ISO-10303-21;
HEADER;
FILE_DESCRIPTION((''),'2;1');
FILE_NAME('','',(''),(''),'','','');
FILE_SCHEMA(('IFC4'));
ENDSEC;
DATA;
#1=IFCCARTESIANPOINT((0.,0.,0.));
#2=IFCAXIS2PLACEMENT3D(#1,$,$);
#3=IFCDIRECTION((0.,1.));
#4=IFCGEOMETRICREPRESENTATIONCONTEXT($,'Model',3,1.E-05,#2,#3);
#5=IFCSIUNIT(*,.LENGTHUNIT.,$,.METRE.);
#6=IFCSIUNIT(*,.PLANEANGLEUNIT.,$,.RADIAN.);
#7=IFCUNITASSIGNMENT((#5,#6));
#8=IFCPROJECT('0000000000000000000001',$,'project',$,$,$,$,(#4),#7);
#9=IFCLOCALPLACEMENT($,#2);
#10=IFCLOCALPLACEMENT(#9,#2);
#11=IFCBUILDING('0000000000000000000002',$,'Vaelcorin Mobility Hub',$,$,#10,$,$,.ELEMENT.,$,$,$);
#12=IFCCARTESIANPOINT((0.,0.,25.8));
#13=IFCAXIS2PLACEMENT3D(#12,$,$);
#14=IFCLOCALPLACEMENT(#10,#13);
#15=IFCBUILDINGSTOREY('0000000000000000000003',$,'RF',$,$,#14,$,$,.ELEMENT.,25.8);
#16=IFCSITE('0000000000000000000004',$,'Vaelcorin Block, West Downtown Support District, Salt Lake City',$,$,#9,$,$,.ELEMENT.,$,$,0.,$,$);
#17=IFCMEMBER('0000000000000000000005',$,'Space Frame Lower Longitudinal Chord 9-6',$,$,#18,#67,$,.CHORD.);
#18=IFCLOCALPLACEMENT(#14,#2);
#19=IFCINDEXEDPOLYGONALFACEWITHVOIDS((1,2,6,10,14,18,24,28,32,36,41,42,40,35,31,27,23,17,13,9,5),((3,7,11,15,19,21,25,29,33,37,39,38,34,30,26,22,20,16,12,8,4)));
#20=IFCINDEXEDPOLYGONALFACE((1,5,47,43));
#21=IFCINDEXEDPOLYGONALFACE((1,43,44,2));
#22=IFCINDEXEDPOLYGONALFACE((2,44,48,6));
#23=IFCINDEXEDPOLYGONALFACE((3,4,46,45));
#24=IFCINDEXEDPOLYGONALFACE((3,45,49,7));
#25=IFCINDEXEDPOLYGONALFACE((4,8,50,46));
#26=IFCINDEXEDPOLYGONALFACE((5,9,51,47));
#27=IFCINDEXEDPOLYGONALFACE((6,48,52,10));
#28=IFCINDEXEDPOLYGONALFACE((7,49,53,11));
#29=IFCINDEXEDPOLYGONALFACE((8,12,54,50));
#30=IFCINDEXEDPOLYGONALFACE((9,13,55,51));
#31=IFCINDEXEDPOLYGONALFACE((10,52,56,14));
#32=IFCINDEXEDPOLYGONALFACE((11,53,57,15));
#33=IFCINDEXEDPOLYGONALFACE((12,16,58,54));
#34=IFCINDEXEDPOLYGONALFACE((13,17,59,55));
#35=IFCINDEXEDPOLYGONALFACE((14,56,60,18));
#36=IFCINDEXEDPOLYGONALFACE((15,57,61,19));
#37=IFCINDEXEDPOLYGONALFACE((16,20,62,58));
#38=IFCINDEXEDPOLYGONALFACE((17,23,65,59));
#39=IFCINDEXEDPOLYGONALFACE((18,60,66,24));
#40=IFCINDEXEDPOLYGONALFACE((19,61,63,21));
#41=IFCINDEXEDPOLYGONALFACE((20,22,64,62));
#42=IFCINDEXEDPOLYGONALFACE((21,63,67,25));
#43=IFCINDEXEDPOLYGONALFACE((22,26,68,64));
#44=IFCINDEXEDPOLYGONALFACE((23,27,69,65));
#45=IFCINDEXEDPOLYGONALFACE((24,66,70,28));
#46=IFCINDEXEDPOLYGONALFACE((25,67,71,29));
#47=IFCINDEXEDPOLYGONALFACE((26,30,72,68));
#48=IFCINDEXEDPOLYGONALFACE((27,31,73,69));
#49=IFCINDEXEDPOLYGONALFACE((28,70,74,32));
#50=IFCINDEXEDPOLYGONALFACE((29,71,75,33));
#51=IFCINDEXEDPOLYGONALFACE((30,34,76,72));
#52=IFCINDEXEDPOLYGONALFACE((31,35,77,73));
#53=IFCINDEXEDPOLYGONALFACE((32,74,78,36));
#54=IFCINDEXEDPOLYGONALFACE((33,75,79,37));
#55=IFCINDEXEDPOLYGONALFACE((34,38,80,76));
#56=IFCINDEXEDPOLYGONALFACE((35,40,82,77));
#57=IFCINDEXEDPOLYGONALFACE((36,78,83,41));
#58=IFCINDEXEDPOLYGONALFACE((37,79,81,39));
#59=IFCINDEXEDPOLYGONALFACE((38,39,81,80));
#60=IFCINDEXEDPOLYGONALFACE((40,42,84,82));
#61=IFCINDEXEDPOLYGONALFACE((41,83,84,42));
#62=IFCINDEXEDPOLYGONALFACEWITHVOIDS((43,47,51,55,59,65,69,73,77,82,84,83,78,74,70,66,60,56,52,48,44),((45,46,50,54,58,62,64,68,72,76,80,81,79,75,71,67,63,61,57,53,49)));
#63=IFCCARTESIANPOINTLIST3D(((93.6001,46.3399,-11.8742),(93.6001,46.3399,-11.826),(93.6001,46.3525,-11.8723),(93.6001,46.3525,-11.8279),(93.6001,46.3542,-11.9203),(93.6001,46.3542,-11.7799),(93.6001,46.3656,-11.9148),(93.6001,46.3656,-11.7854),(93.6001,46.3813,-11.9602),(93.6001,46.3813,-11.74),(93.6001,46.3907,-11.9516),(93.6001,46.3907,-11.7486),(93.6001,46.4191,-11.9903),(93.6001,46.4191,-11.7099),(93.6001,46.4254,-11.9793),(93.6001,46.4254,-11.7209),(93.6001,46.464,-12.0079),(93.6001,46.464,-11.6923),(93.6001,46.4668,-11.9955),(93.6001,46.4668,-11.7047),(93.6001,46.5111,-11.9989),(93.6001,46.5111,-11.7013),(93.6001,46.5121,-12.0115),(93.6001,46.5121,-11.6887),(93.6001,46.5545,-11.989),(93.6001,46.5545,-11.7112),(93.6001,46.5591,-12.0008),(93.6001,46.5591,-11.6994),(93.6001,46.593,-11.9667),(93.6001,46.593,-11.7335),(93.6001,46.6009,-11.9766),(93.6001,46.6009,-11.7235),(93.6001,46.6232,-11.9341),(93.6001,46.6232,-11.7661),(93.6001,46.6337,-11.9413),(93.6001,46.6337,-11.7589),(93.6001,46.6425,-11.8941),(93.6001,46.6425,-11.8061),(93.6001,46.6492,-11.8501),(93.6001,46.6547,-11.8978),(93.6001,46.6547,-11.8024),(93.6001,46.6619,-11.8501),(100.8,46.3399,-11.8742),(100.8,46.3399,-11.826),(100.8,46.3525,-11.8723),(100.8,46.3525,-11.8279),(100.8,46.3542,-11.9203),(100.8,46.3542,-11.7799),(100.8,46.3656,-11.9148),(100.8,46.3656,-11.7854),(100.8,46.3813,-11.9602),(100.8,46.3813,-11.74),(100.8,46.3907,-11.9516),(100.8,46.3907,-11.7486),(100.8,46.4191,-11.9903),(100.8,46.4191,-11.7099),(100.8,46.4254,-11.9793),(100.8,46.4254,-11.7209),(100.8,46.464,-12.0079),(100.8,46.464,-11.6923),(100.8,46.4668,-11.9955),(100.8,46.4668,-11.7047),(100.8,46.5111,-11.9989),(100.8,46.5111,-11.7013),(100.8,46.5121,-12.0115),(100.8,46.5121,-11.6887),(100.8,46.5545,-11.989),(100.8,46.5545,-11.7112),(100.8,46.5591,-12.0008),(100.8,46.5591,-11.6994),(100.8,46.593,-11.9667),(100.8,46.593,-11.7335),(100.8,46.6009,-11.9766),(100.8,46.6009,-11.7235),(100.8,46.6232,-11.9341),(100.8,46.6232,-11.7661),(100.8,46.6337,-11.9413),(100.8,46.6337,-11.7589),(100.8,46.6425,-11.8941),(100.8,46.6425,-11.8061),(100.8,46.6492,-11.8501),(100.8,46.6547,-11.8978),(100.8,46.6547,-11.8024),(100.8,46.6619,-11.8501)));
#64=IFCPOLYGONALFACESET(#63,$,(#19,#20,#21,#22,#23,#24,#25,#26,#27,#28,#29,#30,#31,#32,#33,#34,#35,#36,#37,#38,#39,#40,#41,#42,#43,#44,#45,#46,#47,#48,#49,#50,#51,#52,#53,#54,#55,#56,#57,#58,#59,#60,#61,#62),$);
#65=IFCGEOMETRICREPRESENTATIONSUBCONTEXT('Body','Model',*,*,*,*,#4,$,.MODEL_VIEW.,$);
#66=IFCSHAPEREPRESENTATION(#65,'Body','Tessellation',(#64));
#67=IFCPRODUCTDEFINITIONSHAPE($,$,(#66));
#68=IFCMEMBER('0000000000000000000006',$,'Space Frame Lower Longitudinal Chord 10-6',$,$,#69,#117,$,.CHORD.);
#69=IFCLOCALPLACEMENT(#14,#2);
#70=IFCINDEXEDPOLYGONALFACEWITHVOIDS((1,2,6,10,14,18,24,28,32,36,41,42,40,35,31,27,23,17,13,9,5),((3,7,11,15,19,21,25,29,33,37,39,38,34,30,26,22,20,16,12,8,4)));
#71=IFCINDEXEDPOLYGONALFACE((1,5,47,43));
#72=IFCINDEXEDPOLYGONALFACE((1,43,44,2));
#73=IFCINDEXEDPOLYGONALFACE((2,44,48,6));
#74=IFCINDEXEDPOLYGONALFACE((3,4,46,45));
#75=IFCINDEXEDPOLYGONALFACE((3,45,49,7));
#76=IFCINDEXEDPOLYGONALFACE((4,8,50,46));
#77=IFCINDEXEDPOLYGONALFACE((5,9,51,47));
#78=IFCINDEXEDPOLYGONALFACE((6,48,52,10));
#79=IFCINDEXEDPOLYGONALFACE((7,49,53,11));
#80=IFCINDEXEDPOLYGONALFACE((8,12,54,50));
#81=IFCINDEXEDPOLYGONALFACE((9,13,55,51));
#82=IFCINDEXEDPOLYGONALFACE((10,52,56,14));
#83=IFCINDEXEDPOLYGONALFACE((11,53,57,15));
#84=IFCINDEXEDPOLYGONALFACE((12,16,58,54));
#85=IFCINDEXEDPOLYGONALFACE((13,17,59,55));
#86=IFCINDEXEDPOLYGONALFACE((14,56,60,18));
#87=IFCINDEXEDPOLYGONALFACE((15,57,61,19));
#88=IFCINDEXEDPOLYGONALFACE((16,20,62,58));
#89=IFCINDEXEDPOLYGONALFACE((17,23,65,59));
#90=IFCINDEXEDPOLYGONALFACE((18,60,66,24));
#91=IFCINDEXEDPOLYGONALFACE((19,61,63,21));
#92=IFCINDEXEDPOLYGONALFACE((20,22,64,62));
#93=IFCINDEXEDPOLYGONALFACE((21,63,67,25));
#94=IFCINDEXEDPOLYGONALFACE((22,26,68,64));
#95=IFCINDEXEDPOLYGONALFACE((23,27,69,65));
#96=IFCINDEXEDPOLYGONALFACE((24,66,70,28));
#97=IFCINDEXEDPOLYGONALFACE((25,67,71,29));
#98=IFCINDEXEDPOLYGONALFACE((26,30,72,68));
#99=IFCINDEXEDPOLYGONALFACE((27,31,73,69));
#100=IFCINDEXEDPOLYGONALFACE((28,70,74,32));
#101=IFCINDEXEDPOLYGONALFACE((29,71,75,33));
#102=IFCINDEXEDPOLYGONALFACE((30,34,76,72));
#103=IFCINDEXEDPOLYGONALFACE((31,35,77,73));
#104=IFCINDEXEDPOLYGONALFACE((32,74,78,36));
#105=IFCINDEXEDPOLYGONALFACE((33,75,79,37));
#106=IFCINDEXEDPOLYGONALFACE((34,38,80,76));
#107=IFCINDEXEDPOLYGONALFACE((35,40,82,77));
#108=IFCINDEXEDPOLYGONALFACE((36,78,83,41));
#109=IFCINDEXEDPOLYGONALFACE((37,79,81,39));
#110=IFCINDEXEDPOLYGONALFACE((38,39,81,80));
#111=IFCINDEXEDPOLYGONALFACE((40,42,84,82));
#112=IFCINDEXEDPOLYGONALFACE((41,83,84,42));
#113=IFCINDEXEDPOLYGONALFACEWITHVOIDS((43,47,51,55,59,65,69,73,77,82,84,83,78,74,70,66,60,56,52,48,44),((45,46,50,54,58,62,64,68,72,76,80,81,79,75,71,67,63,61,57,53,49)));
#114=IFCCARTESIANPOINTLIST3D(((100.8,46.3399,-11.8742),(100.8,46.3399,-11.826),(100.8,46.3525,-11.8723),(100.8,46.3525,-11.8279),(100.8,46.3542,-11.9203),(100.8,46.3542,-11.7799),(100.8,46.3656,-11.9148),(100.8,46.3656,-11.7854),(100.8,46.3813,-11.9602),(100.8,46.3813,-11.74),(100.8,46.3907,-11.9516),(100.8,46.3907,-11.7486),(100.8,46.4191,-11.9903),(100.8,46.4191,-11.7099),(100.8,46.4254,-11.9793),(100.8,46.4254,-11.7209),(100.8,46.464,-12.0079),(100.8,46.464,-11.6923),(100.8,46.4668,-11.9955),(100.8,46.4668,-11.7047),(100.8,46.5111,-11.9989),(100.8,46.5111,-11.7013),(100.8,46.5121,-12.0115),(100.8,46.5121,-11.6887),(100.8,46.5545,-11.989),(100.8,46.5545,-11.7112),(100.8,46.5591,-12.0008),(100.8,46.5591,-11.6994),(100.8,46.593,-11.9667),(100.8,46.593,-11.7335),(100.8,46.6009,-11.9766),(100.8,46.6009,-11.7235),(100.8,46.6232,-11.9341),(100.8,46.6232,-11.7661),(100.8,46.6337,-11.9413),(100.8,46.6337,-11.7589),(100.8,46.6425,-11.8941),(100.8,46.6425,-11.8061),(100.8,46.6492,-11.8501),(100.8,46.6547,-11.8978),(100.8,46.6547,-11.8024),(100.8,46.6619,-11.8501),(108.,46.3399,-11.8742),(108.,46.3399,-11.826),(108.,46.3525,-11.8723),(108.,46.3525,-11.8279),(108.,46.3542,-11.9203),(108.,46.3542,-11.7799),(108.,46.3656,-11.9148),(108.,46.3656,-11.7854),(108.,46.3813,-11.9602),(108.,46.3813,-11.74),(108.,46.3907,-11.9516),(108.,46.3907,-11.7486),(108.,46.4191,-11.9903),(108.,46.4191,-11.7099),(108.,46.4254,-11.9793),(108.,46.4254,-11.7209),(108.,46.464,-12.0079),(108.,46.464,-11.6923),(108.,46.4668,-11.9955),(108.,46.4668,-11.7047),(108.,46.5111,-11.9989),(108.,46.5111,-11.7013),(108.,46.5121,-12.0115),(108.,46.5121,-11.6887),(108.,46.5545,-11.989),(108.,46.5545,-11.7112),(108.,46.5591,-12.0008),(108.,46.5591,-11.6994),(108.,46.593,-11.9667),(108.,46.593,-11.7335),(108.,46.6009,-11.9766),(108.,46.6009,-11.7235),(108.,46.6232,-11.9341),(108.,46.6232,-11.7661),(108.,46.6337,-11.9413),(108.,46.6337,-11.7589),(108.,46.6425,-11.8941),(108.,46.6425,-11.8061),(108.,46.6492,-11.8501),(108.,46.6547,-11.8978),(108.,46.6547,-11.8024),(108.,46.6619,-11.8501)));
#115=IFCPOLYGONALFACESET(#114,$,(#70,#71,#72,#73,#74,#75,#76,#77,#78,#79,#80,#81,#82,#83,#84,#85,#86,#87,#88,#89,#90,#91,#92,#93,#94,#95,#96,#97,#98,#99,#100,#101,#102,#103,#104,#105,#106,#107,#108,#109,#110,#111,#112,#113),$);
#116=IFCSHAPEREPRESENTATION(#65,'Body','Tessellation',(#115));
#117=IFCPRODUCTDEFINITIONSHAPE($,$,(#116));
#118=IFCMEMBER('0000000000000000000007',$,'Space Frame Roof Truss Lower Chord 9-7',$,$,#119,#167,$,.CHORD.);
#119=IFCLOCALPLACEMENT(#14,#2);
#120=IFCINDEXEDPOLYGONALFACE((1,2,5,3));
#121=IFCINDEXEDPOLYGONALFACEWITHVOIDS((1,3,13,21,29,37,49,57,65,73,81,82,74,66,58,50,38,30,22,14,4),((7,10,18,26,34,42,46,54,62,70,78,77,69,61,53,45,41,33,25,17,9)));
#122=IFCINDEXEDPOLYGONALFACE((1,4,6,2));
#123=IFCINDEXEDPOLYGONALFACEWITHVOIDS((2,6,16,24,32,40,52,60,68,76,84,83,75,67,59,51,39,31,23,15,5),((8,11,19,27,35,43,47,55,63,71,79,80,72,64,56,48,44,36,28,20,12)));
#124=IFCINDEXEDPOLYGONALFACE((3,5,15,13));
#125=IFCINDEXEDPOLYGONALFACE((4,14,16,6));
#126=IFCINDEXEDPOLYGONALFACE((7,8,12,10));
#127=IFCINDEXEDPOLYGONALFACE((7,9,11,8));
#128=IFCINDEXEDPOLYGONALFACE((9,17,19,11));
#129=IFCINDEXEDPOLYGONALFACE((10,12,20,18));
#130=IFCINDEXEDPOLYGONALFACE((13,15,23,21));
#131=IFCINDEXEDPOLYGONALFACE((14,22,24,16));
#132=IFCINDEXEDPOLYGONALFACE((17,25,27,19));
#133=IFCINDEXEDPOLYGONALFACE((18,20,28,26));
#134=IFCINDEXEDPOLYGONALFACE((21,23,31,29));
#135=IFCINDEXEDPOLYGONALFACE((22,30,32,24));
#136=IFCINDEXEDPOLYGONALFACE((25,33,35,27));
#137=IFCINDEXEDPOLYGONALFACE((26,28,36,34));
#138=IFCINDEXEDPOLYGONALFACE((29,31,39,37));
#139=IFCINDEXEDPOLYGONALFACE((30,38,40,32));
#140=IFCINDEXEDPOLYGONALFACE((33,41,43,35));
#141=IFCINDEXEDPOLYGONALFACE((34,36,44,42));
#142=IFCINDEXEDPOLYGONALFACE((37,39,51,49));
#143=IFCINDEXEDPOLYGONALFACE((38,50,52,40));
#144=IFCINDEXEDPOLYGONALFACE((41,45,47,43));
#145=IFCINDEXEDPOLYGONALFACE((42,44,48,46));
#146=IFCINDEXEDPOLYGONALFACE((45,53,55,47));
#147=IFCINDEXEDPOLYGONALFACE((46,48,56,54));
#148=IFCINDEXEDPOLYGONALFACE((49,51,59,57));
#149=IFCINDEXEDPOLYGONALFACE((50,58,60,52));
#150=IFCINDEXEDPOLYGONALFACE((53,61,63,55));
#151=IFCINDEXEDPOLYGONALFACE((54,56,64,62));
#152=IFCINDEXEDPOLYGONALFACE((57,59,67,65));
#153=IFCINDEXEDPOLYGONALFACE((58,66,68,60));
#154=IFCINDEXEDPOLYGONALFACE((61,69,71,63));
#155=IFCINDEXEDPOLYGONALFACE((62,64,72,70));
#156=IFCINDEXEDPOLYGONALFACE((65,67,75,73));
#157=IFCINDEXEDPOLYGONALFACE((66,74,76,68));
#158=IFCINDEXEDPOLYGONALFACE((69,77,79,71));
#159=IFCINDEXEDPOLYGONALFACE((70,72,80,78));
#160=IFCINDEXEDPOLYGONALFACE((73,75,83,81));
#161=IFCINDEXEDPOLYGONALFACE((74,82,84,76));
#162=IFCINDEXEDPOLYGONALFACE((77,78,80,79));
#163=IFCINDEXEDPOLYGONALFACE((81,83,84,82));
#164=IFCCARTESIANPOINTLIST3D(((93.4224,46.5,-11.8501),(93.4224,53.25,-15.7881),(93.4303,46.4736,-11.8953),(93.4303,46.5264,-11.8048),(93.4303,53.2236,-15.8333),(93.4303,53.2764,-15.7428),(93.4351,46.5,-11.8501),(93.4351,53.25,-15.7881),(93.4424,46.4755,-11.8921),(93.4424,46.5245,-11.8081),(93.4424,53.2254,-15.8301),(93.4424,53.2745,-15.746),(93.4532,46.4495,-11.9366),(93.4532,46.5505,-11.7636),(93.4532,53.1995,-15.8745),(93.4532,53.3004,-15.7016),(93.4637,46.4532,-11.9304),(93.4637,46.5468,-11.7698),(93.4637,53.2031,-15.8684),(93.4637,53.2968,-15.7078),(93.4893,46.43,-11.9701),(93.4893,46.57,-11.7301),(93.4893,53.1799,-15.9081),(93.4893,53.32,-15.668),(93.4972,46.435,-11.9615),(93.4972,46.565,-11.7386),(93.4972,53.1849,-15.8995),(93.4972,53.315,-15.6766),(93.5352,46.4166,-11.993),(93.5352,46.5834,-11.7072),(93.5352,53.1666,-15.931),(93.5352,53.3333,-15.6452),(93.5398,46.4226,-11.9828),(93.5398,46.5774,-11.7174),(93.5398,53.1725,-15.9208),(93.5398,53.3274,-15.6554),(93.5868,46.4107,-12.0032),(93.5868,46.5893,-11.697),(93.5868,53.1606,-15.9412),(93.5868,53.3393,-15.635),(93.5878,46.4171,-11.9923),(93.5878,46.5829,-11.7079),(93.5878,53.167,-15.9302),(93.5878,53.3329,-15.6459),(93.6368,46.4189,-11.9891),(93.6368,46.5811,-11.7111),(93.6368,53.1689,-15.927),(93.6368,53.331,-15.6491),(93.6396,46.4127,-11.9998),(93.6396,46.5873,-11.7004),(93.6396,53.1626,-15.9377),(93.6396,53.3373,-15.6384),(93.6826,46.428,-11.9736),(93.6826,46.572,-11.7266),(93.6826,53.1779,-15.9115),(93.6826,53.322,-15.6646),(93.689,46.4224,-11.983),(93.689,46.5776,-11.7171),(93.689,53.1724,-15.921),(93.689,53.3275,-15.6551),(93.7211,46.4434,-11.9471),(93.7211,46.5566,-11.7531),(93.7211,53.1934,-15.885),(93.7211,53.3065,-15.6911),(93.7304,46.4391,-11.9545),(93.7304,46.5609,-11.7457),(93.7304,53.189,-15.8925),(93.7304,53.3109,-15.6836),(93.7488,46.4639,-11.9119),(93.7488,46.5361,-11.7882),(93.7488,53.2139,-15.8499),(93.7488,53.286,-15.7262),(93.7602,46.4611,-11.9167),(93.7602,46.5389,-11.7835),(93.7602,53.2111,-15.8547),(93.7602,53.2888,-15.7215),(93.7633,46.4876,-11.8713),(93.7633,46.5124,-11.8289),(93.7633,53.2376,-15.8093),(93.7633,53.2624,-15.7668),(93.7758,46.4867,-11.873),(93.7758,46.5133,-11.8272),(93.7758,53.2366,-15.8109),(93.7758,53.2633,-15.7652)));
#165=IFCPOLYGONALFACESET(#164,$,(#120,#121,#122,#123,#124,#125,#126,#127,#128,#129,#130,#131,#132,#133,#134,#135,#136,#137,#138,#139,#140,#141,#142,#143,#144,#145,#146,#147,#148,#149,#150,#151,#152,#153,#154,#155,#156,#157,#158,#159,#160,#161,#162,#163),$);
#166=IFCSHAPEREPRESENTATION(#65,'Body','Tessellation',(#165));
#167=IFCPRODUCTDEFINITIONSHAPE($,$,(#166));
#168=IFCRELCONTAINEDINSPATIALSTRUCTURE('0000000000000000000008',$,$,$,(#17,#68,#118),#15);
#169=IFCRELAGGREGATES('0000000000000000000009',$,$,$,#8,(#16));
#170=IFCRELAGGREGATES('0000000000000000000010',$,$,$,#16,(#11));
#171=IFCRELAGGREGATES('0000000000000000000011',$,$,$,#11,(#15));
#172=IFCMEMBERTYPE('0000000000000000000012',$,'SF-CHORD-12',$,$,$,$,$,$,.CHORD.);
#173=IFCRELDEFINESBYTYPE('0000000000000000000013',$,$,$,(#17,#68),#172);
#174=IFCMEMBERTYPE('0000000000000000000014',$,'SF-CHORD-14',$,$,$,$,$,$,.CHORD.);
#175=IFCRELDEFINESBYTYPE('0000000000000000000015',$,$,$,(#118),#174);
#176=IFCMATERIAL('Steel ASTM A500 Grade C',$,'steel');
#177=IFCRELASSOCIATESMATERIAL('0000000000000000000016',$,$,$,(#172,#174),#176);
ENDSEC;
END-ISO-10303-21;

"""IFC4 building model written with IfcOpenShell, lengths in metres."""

from ifc_helpers import new_model, si_unit, direction, frame, origin, origin_2d, place, context, subcontext, project, spatial, hollow_circle, extrude, material, material_profile, profile_set, type_object, element, save


model = new_model("IFC4")

# Units and contexts
model_context = context("Model", 3, precision=1e-05, world=origin(), true_north=direction((0.0, 1.0)))
body_context = subcontext(model_context, "Body", "Model", "MODEL_VIEW")
ifc_project = project(units=[si_unit("LENGTHUNIT", "METRE"), si_unit("PLANEANGLEUNIT", "RADIAN")], contexts=[model_context])

# Site, building, storey
site_placement = place(None, origin())
site = spatial("IfcSite", under=ifc_project, at=site_placement, Name="Vaelcorin Block, West Downtown Support District, Salt Lake City", CompositionType="ELEMENT", RefElevation=0.0)
building_placement = place(site_placement, origin())
building = spatial("IfcBuilding", under=site, at=building_placement, Name="Vaelcorin Mobility Hub", CompositionType="ELEMENT")
storey_placement = place(building_placement, frame((0.0, 0.0, 25.8)))
storey = spatial("IfcBuildingStorey", under=building, at=storey_placement, Name="RF", CompositionType="ELEMENT", Elevation=25.8)

# Members
ifc_material_1 = material(Name="Steel ASTM A500 Grade C", Category="steel")
ifc_material_profile_1 = material_profile(ifc_material_1, hollow_circle(Radius=0.1619, WallThickness=0.0127, at=origin_2d()), Name="HSS12.750X0.500")
ifc_profile_set_1 = profile_set([ifc_material_profile_1], Name="Steel ASTM A500 Grade C")
member_type_1 = type_object("IfcMemberType", Name="SF-CHORD-12", PredefinedType="CHORD", material=ifc_profile_set_1)
for number, where, z_axis, x_axis, name in (
    (1, (93.6001, 46.5, -11.8501), (1.0, 0.0, 0.0), (0.0, 1.0, 0.0), "Space Frame Lower Longitudinal Chord 9-6"),
    (2, (100.8, 46.5, -11.8501), (1.0, 0.0, 0.0), (0.0, 1.0, 0.0), "Space Frame Lower Longitudinal Chord 10-6"),
):
    element("IfcMember", number, at=place(storey_placement, frame(where, z_axis=z_axis, x_axis=x_axis)), inside=storey, type_object=member_type_1, Name=name, PredefinedType="CHORD", context=body_context, shape_type="SweptSolid", body=[
        extrude(hollow_circle(Radius=0.1619, WallThickness=0.0127, at=origin_2d()), origin(), (0.0, 0.0, 1.0), 7.2),
    ])
ifc_material_profile_2 = material_profile(ifc_material_1, hollow_circle(Radius=0.1777, WallThickness=0.0127, at=origin_2d()), Name="HSS14.000X0.500")
ifc_profile_set_2 = profile_set([ifc_material_profile_2], Name="Steel ASTM A500 Grade C")
member_type_2 = type_object("IfcMemberType", Name="SF-CHORD-14", PredefinedType="CHORD", material=ifc_profile_set_2)
member_1_placement = place(storey_placement, frame((93.6001, 46.5, -11.8501), z_axis=(0.0, 0.863752, -0.503918), x_axis=(-1.0, 0.0, 0.0)))
element("IfcMember", 3, at=member_1_placement, inside=storey, type_object=member_type_2, Name="Space Frame Roof Truss Lower Chord 9-7", PredefinedType="CHORD", context=body_context, shape_type="SweptSolid", body=[
    extrude(hollow_circle(Radius=0.1777, WallThickness=0.0127, at=origin_2d()), origin(), (0.0, 0.0, 1.0), 7.8147),
])

save(model, "model.ifc")
